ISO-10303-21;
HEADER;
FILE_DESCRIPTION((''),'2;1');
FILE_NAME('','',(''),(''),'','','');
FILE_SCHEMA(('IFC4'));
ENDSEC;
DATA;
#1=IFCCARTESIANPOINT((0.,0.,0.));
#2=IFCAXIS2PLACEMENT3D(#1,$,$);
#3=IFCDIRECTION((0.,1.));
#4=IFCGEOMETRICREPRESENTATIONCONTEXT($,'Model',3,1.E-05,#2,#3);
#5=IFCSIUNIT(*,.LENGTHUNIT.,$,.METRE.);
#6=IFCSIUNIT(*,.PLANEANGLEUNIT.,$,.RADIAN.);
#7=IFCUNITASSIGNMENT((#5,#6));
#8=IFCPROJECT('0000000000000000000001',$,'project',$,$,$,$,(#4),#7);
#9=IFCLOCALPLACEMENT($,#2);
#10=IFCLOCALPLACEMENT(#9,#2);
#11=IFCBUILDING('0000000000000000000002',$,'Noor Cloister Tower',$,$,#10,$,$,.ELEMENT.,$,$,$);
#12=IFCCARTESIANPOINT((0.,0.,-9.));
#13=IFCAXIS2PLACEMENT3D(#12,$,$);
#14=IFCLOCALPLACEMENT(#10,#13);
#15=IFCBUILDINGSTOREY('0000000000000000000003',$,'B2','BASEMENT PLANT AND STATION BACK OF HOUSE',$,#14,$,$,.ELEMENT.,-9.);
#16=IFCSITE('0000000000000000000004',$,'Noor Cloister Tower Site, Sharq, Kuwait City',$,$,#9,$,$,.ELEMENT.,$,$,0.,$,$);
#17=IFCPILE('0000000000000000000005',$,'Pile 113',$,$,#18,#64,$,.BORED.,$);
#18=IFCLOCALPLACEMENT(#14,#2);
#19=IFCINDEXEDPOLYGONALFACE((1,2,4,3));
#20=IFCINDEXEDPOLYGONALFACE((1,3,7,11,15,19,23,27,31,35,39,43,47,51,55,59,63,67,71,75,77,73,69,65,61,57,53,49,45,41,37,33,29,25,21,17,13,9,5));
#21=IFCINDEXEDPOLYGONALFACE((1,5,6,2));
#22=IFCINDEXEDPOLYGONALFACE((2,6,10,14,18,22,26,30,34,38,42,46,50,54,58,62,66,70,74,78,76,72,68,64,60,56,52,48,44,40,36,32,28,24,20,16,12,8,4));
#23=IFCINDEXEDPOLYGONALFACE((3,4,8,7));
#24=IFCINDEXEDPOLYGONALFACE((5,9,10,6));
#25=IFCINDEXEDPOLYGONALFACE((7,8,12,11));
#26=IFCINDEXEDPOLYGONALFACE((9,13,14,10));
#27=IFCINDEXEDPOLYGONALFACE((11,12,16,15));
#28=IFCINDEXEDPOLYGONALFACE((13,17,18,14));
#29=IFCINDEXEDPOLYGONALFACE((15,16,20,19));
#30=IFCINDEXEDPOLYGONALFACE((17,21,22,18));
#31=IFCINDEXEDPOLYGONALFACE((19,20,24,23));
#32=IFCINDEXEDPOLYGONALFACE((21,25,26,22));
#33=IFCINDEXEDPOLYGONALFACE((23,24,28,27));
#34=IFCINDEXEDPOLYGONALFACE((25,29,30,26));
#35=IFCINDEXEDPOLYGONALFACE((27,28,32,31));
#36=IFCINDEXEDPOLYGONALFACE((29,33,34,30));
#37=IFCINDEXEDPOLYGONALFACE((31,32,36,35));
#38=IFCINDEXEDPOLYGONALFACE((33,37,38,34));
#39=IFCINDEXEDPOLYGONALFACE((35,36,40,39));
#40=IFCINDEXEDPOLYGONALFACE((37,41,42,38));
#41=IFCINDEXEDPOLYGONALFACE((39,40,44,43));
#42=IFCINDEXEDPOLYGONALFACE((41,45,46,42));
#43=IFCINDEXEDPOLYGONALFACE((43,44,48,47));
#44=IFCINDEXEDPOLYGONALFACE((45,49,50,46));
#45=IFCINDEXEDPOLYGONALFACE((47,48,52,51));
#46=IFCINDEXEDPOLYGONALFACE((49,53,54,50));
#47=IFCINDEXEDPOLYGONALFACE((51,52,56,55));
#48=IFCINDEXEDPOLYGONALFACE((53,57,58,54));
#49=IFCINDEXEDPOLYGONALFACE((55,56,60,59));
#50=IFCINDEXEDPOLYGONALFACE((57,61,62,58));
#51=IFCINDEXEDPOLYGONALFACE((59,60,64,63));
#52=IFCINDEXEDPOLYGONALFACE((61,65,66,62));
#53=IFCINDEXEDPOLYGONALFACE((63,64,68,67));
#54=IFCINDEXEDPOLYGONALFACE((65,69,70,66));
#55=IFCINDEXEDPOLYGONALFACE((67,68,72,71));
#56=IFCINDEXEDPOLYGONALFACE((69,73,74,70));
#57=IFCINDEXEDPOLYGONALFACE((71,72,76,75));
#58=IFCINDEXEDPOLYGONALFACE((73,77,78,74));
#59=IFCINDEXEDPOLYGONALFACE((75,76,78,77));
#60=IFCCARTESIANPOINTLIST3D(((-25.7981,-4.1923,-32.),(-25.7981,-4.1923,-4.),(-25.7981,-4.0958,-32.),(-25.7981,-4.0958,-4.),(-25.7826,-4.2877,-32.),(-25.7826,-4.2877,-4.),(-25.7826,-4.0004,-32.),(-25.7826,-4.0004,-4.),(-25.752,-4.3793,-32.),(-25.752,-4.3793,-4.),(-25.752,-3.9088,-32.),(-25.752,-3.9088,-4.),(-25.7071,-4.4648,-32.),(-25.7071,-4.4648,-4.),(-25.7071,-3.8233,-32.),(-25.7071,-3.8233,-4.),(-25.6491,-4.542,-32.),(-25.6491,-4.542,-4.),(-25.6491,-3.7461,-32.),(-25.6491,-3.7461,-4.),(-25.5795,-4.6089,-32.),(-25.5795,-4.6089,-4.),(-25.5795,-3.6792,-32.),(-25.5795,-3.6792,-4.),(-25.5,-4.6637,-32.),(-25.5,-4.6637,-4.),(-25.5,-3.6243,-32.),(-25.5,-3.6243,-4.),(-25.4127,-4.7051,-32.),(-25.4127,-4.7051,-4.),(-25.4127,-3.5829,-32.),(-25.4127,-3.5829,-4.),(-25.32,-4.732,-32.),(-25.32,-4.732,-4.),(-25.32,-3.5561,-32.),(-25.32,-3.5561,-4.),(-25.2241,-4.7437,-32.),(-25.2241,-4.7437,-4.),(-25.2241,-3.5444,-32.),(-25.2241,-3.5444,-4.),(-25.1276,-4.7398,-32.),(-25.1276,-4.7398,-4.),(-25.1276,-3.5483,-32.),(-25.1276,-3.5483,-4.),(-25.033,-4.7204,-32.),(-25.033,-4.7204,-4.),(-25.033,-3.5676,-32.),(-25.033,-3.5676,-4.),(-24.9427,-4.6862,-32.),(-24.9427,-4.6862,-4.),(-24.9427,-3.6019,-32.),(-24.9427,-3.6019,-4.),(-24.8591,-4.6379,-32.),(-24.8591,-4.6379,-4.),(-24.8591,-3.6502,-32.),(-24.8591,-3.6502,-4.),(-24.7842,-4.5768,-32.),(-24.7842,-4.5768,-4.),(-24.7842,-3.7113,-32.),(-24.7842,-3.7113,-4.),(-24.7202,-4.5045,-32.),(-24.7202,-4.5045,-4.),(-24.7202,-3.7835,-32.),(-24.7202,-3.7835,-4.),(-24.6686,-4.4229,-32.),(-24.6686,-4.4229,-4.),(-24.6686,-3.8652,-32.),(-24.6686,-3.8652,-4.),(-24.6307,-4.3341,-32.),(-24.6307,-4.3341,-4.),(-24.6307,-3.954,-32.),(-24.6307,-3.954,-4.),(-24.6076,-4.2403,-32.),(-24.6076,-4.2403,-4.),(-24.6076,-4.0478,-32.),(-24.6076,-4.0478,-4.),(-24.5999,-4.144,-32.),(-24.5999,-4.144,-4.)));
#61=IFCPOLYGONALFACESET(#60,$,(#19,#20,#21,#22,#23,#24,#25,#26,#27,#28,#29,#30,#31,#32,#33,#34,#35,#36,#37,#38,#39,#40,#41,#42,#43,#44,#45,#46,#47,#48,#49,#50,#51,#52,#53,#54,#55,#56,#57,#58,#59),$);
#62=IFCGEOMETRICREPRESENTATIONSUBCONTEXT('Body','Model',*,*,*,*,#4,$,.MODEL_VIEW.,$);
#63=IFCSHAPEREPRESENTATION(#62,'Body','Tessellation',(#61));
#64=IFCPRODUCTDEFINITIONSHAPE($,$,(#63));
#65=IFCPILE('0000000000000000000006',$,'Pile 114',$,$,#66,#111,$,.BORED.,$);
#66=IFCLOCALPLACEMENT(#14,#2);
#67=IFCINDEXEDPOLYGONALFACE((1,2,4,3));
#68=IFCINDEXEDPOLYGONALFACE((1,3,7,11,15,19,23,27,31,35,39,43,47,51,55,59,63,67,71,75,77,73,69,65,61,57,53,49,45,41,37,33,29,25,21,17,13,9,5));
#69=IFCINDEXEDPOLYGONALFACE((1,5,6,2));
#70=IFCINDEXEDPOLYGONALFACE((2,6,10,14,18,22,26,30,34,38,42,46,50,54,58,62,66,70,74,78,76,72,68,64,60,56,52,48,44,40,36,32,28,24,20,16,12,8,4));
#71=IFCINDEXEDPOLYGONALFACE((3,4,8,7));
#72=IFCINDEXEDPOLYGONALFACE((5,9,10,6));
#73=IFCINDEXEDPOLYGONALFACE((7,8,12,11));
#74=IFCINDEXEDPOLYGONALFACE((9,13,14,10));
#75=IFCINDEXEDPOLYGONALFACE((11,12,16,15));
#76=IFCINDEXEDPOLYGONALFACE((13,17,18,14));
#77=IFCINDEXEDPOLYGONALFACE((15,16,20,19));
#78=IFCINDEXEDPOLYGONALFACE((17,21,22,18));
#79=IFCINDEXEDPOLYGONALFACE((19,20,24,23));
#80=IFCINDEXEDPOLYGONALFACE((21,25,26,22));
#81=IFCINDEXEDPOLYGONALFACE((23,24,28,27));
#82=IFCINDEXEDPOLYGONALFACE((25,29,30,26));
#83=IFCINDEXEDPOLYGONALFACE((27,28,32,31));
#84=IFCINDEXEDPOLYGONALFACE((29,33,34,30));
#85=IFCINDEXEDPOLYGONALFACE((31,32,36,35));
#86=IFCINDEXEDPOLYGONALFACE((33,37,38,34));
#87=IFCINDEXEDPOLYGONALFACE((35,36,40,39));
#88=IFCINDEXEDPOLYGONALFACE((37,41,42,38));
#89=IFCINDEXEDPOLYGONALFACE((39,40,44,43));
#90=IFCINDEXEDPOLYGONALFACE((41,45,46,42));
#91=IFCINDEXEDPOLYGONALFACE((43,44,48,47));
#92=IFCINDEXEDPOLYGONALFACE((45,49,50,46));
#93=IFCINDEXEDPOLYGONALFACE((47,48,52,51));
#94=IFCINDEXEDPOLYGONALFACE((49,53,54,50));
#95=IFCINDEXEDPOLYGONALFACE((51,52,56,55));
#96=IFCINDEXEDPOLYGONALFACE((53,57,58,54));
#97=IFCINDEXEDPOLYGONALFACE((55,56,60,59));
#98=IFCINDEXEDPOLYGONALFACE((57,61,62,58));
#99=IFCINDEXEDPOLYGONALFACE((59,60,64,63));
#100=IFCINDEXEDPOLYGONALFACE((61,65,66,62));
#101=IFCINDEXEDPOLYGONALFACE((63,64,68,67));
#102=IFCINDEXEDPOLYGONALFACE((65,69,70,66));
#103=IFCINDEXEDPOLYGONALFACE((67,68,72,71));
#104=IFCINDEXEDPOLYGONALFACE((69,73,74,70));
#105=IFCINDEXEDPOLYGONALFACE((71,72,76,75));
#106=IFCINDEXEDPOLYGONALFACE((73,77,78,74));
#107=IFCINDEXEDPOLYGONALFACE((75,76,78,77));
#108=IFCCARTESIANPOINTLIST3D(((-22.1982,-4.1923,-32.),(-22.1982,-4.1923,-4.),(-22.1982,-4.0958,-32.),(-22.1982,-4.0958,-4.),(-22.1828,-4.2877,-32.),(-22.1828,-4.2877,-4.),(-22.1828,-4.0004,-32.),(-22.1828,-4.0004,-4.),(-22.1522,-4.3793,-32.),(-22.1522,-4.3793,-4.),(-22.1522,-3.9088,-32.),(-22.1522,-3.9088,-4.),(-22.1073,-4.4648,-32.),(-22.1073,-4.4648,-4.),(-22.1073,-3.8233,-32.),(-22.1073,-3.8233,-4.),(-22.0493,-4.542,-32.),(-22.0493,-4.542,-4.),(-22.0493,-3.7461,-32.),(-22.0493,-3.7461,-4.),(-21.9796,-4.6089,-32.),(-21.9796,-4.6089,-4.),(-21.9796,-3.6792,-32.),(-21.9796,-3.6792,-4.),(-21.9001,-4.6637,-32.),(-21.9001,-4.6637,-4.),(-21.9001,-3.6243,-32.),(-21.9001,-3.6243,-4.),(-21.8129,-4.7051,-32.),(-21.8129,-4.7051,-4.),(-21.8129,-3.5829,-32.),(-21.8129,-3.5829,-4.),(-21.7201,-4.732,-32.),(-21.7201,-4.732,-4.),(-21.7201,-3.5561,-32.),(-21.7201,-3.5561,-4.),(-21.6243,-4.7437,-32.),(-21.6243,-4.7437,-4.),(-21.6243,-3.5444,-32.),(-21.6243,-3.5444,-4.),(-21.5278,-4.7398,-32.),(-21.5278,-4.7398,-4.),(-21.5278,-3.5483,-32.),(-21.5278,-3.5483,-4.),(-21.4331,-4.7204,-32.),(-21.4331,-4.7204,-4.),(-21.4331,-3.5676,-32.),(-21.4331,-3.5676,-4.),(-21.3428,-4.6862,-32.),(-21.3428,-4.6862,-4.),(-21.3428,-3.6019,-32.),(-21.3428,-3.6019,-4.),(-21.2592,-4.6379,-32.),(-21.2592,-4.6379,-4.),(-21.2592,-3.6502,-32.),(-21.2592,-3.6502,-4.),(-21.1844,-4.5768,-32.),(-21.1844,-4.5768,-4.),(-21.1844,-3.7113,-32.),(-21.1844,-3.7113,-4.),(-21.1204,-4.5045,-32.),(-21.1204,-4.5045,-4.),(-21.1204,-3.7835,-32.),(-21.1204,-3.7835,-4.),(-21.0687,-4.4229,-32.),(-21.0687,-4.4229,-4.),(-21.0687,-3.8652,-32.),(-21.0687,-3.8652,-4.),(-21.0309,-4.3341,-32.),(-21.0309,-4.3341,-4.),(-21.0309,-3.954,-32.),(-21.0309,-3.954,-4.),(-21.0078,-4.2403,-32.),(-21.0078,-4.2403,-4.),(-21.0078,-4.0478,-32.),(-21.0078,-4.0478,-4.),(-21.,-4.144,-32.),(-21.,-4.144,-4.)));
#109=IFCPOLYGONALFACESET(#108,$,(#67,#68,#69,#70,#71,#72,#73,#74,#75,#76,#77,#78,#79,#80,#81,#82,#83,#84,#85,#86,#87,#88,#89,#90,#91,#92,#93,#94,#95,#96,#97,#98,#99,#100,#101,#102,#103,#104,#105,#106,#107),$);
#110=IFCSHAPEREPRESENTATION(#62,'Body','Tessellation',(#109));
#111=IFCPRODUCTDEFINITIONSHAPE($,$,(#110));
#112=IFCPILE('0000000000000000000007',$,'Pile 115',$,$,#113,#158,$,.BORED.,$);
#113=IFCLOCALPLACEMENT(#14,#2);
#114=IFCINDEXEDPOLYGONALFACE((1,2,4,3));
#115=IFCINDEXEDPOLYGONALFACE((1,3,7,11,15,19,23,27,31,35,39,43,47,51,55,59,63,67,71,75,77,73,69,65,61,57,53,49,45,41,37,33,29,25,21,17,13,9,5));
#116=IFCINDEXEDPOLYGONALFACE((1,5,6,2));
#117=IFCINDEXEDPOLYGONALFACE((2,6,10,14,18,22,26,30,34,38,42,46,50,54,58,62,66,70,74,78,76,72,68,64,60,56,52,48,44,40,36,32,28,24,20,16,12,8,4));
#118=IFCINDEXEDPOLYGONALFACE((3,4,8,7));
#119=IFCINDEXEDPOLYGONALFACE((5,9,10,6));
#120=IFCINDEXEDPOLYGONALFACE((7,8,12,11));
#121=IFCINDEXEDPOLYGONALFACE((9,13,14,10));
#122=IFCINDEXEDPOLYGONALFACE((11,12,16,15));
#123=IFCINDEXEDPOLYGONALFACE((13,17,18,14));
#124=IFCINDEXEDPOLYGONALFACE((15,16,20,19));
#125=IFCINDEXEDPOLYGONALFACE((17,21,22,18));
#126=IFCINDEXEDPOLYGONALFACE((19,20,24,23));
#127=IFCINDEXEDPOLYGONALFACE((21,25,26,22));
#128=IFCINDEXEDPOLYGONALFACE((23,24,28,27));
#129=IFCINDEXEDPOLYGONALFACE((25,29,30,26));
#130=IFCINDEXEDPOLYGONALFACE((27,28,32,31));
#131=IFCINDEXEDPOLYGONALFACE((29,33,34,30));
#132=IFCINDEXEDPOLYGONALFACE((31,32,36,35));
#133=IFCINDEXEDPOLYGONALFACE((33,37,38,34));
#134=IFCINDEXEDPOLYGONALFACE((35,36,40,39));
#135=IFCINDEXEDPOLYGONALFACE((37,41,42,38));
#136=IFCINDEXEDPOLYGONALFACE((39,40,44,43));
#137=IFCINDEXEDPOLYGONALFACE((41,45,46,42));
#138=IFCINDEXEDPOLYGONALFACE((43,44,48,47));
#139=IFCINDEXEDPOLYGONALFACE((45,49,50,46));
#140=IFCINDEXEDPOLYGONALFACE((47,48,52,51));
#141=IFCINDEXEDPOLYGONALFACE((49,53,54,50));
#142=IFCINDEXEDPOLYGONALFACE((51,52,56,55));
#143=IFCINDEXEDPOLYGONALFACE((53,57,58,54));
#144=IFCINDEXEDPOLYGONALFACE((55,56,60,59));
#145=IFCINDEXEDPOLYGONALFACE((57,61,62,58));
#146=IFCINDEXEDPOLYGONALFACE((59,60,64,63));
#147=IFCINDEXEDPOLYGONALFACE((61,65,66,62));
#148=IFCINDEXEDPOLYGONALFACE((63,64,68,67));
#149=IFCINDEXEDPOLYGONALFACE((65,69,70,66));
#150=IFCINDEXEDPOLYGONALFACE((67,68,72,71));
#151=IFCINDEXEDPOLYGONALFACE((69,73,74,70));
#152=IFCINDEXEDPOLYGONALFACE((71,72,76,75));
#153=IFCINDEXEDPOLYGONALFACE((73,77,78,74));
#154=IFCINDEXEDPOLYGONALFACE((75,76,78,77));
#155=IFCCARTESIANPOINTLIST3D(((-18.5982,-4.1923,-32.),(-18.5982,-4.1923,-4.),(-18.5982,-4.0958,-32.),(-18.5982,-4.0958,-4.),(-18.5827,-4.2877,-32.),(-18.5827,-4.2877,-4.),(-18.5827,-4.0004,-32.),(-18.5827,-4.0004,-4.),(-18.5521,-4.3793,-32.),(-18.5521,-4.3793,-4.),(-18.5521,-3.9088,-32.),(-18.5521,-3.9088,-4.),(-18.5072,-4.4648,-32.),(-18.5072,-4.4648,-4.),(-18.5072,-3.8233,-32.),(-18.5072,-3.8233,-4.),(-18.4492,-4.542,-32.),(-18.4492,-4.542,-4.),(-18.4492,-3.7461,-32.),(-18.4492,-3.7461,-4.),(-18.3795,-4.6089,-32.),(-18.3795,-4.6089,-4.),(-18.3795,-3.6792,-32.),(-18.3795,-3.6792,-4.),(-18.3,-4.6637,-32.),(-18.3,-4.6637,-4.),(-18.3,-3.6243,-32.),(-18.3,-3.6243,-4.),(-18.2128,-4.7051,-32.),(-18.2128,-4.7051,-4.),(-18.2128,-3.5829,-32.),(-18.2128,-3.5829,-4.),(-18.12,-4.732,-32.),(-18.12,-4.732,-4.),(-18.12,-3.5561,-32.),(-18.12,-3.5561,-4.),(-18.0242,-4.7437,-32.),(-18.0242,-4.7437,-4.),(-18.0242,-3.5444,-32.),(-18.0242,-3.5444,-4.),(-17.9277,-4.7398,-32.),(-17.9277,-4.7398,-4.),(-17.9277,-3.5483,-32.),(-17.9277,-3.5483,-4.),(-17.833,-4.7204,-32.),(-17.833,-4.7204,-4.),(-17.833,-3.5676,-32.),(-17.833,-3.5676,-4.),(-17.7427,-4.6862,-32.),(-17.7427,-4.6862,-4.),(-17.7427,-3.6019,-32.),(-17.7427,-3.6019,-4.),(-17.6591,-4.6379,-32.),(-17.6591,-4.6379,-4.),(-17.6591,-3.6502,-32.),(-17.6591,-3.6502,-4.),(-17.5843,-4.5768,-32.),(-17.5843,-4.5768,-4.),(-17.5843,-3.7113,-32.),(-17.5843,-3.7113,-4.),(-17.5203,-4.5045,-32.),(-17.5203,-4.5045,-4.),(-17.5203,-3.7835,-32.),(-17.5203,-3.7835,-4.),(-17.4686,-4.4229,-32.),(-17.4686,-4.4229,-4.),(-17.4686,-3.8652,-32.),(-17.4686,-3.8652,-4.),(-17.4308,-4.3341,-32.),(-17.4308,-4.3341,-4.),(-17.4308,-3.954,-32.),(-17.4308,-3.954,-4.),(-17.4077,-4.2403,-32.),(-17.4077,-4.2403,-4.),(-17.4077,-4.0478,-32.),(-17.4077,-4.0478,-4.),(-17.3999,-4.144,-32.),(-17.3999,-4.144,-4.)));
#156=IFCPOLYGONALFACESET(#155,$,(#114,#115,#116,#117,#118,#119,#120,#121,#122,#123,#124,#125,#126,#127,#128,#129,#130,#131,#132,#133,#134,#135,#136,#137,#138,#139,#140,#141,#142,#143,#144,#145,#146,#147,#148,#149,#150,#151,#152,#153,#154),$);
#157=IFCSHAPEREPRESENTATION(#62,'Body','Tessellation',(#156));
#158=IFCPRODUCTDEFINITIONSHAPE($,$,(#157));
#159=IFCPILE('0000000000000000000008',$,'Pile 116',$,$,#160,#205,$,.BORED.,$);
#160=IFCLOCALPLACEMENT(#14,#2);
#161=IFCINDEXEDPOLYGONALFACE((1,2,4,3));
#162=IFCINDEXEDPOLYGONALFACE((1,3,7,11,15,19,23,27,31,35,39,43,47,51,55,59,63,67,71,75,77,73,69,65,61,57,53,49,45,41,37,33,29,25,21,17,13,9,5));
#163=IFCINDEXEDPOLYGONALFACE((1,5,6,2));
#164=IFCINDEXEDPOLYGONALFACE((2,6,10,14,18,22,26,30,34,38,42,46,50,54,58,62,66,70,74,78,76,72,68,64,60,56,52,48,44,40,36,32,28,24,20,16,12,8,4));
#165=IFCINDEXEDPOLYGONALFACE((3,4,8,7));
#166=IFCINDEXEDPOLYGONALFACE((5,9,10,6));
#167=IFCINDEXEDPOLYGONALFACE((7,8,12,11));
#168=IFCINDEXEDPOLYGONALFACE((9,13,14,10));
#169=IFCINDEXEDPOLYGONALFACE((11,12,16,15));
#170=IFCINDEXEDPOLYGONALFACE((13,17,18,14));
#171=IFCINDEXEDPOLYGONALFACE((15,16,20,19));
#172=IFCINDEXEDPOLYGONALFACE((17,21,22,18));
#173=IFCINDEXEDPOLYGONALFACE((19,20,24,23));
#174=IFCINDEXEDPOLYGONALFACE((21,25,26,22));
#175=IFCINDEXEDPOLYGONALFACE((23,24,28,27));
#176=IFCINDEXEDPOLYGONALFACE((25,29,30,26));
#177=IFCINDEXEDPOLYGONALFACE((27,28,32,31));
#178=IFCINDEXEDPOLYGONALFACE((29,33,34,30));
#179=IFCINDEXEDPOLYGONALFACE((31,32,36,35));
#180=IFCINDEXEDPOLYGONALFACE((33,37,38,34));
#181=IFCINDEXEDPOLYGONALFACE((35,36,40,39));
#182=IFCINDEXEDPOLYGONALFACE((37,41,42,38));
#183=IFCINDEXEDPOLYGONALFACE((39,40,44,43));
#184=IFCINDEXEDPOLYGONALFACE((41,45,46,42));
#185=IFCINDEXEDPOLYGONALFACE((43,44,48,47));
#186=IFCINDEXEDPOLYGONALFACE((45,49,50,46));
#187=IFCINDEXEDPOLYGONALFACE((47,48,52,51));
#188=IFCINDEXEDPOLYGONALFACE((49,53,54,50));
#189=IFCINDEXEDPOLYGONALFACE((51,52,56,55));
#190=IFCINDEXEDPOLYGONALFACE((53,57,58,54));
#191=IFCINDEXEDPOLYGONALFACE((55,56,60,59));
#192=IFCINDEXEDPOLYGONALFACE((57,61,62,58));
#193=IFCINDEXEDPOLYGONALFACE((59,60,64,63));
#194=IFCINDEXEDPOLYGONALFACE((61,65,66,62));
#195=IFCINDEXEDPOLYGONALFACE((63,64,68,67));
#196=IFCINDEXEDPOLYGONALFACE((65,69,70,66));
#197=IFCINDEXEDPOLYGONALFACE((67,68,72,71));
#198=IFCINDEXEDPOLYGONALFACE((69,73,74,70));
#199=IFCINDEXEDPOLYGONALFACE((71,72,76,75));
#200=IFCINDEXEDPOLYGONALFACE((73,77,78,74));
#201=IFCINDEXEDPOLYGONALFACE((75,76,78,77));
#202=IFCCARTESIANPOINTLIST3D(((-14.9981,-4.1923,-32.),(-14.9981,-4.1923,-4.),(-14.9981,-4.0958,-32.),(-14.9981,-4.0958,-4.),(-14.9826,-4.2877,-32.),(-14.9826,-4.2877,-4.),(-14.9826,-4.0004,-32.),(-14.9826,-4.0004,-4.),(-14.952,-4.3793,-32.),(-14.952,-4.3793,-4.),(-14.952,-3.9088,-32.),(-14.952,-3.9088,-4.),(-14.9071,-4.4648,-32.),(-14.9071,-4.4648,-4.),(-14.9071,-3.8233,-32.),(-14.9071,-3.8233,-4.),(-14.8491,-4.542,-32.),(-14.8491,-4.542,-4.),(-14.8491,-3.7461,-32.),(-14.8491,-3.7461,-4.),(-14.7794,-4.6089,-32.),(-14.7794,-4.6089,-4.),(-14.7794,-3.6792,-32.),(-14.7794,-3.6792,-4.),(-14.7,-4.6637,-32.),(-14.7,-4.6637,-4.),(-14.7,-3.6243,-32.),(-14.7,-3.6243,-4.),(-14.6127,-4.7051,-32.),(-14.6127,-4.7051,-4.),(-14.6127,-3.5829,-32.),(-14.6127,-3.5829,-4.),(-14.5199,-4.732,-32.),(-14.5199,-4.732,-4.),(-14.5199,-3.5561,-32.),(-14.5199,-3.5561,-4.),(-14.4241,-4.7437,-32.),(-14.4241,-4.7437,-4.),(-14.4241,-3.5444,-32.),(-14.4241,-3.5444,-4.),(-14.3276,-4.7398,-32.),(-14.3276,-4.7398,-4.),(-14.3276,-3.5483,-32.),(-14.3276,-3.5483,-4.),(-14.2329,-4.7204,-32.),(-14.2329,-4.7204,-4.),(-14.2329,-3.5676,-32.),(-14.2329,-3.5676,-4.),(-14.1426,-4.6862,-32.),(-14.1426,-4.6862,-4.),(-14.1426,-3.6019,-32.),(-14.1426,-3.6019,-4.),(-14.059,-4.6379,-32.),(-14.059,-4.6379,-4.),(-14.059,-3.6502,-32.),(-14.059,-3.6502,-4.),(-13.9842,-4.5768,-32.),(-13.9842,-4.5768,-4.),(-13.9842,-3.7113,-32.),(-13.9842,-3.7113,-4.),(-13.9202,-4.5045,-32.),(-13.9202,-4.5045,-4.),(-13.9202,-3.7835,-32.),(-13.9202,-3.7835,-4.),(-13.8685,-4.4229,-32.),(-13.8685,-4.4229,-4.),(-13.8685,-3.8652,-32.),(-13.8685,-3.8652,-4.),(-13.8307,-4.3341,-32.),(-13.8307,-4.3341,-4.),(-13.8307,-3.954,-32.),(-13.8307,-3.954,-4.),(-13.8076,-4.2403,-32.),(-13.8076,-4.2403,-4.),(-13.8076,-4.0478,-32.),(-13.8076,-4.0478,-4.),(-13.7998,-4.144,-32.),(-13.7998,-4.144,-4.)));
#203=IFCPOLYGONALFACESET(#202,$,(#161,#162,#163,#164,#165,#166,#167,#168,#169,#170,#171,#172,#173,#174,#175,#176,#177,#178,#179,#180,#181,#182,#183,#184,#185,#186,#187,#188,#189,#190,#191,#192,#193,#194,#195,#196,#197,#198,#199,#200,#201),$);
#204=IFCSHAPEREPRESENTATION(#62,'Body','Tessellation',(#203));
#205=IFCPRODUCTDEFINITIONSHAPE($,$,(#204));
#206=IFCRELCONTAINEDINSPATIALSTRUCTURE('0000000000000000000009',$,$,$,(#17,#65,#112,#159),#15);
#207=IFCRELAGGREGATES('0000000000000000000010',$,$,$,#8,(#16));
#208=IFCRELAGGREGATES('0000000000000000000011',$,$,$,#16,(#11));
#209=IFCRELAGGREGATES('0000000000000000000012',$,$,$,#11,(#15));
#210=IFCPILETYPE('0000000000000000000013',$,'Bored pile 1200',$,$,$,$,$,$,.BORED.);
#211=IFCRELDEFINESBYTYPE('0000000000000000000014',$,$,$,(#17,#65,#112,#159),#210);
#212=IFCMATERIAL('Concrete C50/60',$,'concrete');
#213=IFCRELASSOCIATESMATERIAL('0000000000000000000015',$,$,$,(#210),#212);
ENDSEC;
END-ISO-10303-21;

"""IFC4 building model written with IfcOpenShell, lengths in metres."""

from ifc_helpers import new_model, si_unit, direction, frame, origin, origin_2d, place, context, subcontext, project, spatial, circle, extrude, material, material_profile, profile_set, type_object, element, save


model = new_model("IFC4")

# Units and contexts
model_context = context("Model", 3, precision=1e-05, world=origin(), true_north=direction((0.0, 1.0)))
body_context = subcontext(model_context, "Body", "Model", "MODEL_VIEW")
ifc_project = project(units=[si_unit("LENGTHUNIT", "METRE"), si_unit("PLANEANGLEUNIT", "RADIAN")], contexts=[model_context])

# Site, building, storey
site_placement = place(None, origin())
site = spatial("IfcSite", under=ifc_project, at=site_placement, Name="Noor Cloister Tower Site, Sharq, Kuwait City", CompositionType="ELEMENT", RefElevation=0.0)
building_placement = place(site_placement, origin())
building = spatial("IfcBuilding", under=site, at=building_placement, Name="Noor Cloister Tower", CompositionType="ELEMENT")
storey_placement = place(building_placement, frame((0.0, 0.0, -9.0)))
storey = spatial("IfcBuildingStorey", under=building, at=storey_placement, Name="B2", Description="BASEMENT PLANT AND STATION BACK OF HOUSE", CompositionType="ELEMENT", Elevation=-9.0)

# Piles
ifc_material_1 = material(Name="Concrete C50/60", Category="concrete")
ifc_material_profile_1 = material_profile(ifc_material_1, circle(Radius=0.6001, at=origin_2d()), Name="Bored pile 1200")
ifc_profile_set_1 = profile_set([ifc_material_profile_1], Name="Concrete C50/60")
pile_type = type_object("IfcPileType", Name="Bored pile 1200", PredefinedType="BORED", material=ifc_profile_set_1)
for number, where, z_axis, x_axis, name in (
    (1, (-25.2, -4.144, -4.0), (0.0, 0.0, -1.0), (1.0, 0.0, 0.0), "Pile 113"),
    (2, (-21.6001, -4.144, -4.0), (0.0, 0.0, -1.0), (1.0, 0.0, 0.0), "Pile 114"),
    (3, (-18.0, -4.144, -4.0), (0.0, 0.0, -1.0), (1.0, 0.0, 0.0), "Pile 115"),
    (4, (-14.3999, -4.144, -4.0), (0.0, 0.0, -1.0), (1.0, 0.0, 0.0), "Pile 116"),
):
    element("IfcPile", number, at=place(storey_placement, frame(where, z_axis=z_axis, x_axis=x_axis)), inside=storey, type_object=pile_type, Name=name, PredefinedType="BORED", context=body_context, shape_type="SweptSolid", body=[
        extrude(circle(Radius=0.6001, at=origin_2d()), origin(), (0.0, 0.0, 1.0), 28.0),
    ])

save(model, "model.ifc")
